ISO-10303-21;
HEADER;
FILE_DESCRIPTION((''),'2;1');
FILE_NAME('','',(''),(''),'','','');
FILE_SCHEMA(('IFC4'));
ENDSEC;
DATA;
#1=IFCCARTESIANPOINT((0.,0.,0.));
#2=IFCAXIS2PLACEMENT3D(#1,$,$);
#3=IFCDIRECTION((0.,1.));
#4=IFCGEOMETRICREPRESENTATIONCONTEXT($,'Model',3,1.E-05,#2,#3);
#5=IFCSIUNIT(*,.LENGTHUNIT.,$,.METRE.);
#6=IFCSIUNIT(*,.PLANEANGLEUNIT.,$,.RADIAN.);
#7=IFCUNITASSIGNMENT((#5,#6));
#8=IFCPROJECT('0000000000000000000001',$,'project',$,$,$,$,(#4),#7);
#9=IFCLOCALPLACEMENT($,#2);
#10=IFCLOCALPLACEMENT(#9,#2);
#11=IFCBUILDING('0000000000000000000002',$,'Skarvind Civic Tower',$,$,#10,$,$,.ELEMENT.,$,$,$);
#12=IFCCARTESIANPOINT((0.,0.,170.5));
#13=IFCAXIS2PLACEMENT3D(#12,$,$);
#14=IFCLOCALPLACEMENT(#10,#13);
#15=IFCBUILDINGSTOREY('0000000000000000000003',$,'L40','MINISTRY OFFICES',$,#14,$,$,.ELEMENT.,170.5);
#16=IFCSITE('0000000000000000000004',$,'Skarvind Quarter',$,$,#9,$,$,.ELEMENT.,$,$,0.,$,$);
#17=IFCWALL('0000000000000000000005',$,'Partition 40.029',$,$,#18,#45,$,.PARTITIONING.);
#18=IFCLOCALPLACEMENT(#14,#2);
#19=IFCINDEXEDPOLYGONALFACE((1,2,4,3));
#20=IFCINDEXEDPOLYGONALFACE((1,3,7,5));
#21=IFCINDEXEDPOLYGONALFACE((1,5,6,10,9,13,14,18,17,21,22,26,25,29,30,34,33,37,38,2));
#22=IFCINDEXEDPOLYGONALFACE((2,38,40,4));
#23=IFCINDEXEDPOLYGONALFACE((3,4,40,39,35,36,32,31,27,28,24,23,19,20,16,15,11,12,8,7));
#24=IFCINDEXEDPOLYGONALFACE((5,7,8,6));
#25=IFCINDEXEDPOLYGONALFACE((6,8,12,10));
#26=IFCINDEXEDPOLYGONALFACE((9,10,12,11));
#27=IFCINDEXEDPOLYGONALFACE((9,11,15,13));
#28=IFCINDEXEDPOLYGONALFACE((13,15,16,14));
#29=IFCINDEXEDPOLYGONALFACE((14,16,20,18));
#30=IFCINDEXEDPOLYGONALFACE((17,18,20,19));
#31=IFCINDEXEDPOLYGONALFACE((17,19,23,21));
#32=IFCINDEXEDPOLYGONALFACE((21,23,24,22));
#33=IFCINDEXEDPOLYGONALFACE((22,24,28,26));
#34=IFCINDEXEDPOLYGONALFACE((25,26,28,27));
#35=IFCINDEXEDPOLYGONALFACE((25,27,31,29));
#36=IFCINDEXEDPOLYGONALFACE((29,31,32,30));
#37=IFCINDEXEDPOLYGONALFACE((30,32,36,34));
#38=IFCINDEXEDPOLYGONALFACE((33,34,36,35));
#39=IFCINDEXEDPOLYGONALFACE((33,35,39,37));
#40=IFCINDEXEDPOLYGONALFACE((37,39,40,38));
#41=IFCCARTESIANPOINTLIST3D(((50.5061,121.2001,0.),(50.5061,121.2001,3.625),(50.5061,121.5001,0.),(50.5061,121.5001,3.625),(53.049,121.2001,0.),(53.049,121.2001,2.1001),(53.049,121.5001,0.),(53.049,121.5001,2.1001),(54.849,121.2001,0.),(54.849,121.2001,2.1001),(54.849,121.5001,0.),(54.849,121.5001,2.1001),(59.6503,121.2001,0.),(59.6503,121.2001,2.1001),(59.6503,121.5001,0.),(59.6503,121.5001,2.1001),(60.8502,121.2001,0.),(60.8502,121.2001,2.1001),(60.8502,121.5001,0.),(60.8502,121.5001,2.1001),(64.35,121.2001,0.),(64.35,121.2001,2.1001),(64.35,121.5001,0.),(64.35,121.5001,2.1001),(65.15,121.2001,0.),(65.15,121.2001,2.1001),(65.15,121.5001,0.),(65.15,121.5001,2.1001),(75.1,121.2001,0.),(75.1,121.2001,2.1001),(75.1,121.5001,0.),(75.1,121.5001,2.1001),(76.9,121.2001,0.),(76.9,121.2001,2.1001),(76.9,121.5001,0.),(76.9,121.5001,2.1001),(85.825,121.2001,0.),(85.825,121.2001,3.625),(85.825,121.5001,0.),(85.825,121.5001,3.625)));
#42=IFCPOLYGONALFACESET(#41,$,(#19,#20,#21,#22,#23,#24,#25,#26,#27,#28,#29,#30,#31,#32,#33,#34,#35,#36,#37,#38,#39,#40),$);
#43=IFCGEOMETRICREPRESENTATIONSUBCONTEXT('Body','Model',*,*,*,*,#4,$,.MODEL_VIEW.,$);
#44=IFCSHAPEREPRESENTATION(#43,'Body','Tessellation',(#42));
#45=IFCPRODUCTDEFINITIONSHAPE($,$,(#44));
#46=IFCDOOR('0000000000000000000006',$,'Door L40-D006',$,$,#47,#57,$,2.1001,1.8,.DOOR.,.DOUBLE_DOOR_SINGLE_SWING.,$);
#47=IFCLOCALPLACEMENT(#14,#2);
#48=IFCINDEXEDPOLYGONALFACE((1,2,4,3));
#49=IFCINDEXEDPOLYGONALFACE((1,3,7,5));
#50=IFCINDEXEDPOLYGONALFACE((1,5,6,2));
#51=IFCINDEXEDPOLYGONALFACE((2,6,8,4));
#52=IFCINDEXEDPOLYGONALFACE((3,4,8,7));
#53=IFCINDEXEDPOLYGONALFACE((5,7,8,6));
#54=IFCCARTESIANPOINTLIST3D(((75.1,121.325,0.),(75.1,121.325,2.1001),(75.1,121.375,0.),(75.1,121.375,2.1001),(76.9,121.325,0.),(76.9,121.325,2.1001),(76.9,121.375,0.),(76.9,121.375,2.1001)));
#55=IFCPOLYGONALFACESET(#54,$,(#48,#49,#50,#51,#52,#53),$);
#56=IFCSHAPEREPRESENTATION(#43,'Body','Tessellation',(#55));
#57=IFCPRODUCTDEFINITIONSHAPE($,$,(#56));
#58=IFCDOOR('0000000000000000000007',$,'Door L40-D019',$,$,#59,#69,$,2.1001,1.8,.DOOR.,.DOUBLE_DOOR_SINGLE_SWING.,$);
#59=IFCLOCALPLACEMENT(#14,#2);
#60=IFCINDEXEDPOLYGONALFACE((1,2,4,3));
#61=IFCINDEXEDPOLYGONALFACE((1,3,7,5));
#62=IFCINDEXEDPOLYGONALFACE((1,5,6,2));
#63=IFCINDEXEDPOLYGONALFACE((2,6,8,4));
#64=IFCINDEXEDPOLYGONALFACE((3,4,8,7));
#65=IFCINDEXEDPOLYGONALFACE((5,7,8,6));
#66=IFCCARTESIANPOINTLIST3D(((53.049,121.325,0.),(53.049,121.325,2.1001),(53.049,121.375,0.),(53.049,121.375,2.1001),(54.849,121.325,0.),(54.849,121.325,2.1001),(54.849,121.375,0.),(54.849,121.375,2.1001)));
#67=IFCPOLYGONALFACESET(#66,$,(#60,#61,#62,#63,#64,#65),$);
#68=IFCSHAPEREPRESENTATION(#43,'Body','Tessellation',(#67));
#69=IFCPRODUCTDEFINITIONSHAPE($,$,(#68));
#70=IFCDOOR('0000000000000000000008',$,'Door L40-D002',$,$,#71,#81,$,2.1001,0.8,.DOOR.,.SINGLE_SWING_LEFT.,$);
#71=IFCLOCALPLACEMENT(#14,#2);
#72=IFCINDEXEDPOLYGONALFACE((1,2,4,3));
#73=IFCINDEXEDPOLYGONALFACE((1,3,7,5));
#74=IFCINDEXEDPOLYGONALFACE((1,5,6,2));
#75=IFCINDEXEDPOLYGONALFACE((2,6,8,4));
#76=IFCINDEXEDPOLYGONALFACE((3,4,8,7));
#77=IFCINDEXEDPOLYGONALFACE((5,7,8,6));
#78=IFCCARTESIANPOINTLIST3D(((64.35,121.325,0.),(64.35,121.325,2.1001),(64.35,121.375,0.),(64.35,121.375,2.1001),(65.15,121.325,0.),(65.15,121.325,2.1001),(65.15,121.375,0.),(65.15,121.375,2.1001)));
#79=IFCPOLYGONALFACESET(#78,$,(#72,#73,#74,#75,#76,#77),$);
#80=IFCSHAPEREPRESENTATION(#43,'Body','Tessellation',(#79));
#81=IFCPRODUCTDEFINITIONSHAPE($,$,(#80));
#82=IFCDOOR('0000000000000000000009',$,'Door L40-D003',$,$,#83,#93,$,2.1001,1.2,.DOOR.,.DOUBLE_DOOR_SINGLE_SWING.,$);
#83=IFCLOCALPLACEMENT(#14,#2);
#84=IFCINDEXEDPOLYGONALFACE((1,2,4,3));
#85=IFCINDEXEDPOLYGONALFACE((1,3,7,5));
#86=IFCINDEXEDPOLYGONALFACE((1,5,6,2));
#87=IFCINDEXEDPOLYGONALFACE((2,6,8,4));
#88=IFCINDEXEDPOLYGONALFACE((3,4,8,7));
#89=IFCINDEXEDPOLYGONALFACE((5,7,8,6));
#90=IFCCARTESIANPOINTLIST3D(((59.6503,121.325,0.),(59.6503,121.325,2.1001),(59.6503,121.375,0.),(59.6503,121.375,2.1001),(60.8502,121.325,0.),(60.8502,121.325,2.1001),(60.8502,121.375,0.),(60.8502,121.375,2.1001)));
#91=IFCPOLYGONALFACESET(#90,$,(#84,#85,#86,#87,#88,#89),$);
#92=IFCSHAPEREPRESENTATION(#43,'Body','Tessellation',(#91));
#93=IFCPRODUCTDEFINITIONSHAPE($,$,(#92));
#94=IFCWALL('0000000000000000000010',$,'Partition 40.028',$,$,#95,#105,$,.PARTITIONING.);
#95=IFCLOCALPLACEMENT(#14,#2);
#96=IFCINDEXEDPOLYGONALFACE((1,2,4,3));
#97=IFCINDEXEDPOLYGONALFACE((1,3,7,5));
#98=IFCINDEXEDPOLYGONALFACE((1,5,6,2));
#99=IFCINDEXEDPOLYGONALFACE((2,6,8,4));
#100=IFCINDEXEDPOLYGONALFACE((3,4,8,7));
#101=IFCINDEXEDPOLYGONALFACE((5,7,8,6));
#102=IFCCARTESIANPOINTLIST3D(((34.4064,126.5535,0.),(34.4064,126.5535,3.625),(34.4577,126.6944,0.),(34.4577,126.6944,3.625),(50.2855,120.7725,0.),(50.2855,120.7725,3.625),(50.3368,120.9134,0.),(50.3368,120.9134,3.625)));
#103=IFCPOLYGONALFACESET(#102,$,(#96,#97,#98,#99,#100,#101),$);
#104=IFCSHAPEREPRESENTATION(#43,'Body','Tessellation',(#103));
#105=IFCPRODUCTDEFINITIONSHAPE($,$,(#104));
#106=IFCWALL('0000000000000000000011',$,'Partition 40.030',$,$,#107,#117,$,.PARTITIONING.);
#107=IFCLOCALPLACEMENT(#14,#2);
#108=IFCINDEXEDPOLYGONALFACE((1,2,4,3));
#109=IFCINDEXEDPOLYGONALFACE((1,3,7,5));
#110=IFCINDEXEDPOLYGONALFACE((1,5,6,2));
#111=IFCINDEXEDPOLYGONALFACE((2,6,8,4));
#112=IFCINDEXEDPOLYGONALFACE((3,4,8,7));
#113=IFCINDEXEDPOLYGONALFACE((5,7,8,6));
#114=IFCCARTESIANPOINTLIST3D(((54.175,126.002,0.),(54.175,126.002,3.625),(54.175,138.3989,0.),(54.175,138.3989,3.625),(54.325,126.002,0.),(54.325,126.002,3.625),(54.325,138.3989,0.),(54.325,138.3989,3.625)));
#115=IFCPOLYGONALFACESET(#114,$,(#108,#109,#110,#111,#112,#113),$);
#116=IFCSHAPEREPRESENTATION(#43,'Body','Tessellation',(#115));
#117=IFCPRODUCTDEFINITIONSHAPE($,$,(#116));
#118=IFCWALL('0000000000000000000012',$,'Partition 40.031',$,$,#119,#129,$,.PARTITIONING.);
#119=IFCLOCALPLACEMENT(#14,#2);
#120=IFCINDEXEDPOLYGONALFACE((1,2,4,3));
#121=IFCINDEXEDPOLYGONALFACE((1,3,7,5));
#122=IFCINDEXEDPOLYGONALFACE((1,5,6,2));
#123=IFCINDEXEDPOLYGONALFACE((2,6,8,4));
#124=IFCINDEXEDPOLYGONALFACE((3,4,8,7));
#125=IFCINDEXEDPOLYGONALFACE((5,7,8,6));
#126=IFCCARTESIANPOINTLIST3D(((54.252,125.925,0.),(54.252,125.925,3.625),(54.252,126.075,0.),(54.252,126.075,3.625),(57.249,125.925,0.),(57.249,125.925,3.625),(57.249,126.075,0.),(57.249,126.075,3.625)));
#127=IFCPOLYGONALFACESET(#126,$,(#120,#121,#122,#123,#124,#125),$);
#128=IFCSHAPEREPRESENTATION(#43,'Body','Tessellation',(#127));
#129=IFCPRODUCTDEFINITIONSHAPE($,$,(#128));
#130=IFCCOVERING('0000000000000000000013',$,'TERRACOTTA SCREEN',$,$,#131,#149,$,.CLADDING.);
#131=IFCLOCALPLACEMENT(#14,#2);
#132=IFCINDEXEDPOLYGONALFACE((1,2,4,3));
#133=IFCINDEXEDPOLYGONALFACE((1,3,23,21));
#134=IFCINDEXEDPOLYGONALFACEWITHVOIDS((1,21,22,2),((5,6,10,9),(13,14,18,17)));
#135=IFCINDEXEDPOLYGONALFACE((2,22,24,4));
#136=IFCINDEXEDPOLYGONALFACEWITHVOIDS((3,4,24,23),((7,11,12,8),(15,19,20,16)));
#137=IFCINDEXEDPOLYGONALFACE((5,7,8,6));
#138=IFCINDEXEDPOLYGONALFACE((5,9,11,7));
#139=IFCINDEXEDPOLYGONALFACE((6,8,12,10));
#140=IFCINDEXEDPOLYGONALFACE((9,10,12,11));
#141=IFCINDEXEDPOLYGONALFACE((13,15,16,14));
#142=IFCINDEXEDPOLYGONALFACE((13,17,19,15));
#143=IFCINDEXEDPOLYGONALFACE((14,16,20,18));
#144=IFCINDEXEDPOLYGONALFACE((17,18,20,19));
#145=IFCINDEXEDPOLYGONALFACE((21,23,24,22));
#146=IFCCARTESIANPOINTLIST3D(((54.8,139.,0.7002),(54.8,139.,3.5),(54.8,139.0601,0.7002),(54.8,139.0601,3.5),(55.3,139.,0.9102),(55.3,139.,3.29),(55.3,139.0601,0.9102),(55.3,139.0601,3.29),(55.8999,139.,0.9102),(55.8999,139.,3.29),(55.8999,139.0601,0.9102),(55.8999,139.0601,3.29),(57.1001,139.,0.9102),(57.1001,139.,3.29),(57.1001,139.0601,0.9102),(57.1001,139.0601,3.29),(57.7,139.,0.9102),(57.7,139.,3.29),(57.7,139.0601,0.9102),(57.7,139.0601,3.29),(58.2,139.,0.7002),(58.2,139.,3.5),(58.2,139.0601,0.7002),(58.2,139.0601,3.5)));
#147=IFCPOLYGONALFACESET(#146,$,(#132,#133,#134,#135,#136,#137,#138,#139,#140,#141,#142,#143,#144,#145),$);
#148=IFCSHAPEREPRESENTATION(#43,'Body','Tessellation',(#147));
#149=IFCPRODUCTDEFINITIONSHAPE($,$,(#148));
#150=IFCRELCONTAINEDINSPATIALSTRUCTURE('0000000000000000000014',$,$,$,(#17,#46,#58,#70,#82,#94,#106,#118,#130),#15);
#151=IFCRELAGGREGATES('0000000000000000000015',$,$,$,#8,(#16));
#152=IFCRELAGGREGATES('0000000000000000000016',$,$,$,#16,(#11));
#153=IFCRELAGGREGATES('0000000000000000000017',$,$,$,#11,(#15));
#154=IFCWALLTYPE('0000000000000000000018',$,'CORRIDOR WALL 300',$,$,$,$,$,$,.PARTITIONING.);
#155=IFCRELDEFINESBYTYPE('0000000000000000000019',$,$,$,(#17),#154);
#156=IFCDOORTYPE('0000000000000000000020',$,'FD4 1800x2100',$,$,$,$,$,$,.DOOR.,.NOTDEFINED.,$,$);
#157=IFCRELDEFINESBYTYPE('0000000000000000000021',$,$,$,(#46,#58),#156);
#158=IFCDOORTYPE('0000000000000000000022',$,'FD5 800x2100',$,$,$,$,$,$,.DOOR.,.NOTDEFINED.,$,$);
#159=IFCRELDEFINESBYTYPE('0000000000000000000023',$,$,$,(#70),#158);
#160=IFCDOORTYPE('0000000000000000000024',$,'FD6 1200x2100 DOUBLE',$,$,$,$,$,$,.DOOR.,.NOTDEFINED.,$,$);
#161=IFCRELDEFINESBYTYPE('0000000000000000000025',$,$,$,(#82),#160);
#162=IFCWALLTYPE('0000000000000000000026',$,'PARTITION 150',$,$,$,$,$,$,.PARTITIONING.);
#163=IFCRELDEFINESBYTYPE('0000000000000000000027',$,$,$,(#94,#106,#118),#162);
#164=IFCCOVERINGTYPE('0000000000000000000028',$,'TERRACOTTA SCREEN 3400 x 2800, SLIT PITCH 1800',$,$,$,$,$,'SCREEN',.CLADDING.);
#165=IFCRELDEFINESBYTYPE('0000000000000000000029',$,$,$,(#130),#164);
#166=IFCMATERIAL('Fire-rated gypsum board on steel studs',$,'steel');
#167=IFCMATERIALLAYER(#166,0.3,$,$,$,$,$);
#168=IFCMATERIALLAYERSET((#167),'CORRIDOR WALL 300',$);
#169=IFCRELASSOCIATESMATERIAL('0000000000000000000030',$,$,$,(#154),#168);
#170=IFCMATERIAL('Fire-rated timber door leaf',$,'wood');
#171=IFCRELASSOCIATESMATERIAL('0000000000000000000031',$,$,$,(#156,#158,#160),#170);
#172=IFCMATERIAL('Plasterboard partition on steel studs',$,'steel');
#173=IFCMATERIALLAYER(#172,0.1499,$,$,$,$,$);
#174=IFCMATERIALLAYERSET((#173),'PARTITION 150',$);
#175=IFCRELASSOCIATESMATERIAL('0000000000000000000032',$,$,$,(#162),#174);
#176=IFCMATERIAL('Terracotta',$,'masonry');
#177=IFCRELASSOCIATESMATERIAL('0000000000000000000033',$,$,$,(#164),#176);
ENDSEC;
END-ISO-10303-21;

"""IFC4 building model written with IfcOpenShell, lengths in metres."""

from ifc_helpers import new_model, si_unit, direction, frame, frame_2d, origin, place, context, subcontext, project, spatial, polyline, rectangle, outline, extrude, material, layer, layer_set, material_profile, profile_set, type_object, element, fill, save


model = new_model("IFC4")

# Units and contexts
model_context = context("Model", 3, precision=1e-05, world=origin(), true_north=direction((0.0, 1.0)))
body_context = subcontext(model_context, "Body", "Model", "MODEL_VIEW")
ifc_project = project(units=[si_unit("LENGTHUNIT", "METRE"), si_unit("PLANEANGLEUNIT", "RADIAN")], contexts=[model_context])

# Site, building, storey
site_placement = place(None, origin())
site = spatial("IfcSite", under=ifc_project, at=site_placement, Name="Skarvind Quarter", CompositionType="ELEMENT", RefElevation=0.0)
building_placement = place(site_placement, origin())
building = spatial("IfcBuilding", under=site, at=building_placement, Name="Skarvind Civic Tower", CompositionType="ELEMENT")
storey_placement = place(building_placement, frame((0.0, 0.0, 170.5)))
storey = spatial("IfcBuildingStorey", under=building, at=storey_placement, Name="L40", Description="MINISTRY OFFICES", CompositionType="ELEMENT", Elevation=170.5)

# Wall, openings, doors
ifc_material_1 = material(Name="Fire-rated gypsum board on steel studs", Category="steel")
ifc_layer_1 = layer(ifc_material_1, 0.3)
ifc_layer_set_1 = layer_set([ifc_layer_1], Name="CORRIDOR WALL 300")
wall_type_1 = type_object("IfcWallType", Name="CORRIDOR WALL 300", PredefinedType="PARTITIONING", material=ifc_layer_set_1)
wall_1_placement = place(storey_placement, frame((50.5061, 121.3501, 0.0), z_axis=(0.0, 0.0, 1.0), x_axis=(1.0, 0.0, 0.0)))
wall_1 = element("IfcWall", 1, at=wall_1_placement, inside=storey, type_object=wall_type_1, Name="Partition 40.029", PredefinedType="PARTITIONING", context=body_context, shape_type="SweptSolid", body=[
    extrude(rectangle(XDim=35.3188, YDim=0.3, at=frame_2d((17.6594, 0.0))), origin(), (0.0, 0.0, 1.0), 3.625),
])
opening_1_placement = place(wall_1_placement, frame((13.844, 0.0, 0.0)))
opening_1 = element("IfcOpeningElement", 2, at=opening_1_placement, cuts=wall_1, PredefinedType="OPENING", context=body_context, shape_type="SweptSolid", body=[
    extrude(rectangle(XDim=0.8, YDim=2.1001, at=frame_2d((0.3999, 1.05))), frame((0.0, 0.1599, 0.0), z_axis=(0.0, -1.0, 0.0), x_axis=(1.0, 0.0, 0.0)), (0.0, 0.0, 1.0), 0.3201),
])
opening_2_placement = place(wall_1_placement, frame((9.144, 0.0, 0.0)))
opening_2 = element("IfcOpeningElement", 3, at=opening_2_placement, cuts=wall_1, PredefinedType="OPENING", context=body_context, shape_type="SweptSolid", body=[
    extrude(rectangle(XDim=1.2, YDim=2.1001, at=frame_2d((0.6001, 1.05))), frame((0.0, 0.1599, 0.0), z_axis=(0.0, -1.0, 0.0), x_axis=(1.0, 0.0, 0.0)), (0.0, 0.0, 1.0), 0.3201),
])
opening_3_placement = place(wall_1_placement, frame((24.594, 0.0, 0.0)))
opening_3 = element("IfcOpeningElement", 4, at=opening_3_placement, cuts=wall_1, PredefinedType="OPENING", context=body_context, shape_type="SweptSolid", body=[
    extrude(rectangle(XDim=1.8, YDim=2.1001, at=frame_2d((0.8999, 1.05))), frame((0.0, 0.1599, 0.0), z_axis=(0.0, -1.0, 0.0), x_axis=(1.0, 0.0, 0.0)), (0.0, 0.0, 1.0), 0.3201),
])
opening_4_placement = place(wall_1_placement, frame((2.543, 0.0, 0.0)))
opening_4 = element("IfcOpeningElement", 5, at=opening_4_placement, cuts=wall_1, PredefinedType="OPENING", context=body_context, shape_type="SweptSolid", body=[
    extrude(rectangle(XDim=1.8, YDim=2.1001, at=frame_2d((0.8999, 1.05))), frame((0.0, 0.1599, 0.0), z_axis=(0.0, -1.0, 0.0), x_axis=(1.0, 0.0, 0.0)), (0.0, 0.0, 1.0), 0.3201),
])
ifc_material_2 = material(Name="Fire-rated timber door leaf", Category="wood")
door_type_1 = type_object("IfcDoorType", Name="FD4 1800x2100", OperationType="NOTDEFINED", PredefinedType="DOOR", material=ifc_material_2)
door_1_placement = place(opening_3_placement, origin())
door_1 = element("IfcDoor", 6, at=door_1_placement, inside=storey, type_object=door_type_1, Name="Door L40-D006", OperationType="DOUBLE_DOOR_SINGLE_SWING", OverallHeight=2.1001, OverallWidth=1.8, PredefinedType="DOOR", context=body_context, shape_type="SweptSolid", body=[
    extrude(rectangle(XDim=1.8, YDim=2.1001, at=frame_2d((0.8999, 1.05))), frame((0.0, 0.0249, 0.0), z_axis=(0.0, -1.0, 0.0), x_axis=(1.0, 0.0, 0.0)), (0.0, 0.0, 1.0), 0.05),
])
fill(opening_3, door_1)
door_2_placement = place(opening_4_placement, origin())
door_2 = element("IfcDoor", 7, at=door_2_placement, inside=storey, type_object=door_type_1, Name="Door L40-D019", OperationType="DOUBLE_DOOR_SINGLE_SWING", OverallHeight=2.1001, OverallWidth=1.8, PredefinedType="DOOR", context=body_context, shape_type="SweptSolid", body=[
    extrude(rectangle(XDim=1.8, YDim=2.1001, at=frame_2d((0.8999, 1.05))), frame((0.0, 0.0249, 0.0), z_axis=(0.0, -1.0, 0.0), x_axis=(1.0, 0.0, 0.0)), (0.0, 0.0, 1.0), 0.05),
])
fill(opening_4, door_2)
door_type_2 = type_object("IfcDoorType", Name="FD5 800x2100", OperationType="NOTDEFINED", PredefinedType="DOOR", material=ifc_material_2)
door_3_placement = place(opening_1_placement, origin())
door_3 = element("IfcDoor", 8, at=door_3_placement, inside=storey, type_object=door_type_2, Name="Door L40-D002", OperationType="SINGLE_SWING_LEFT", OverallHeight=2.1001, OverallWidth=0.8, PredefinedType="DOOR", context=body_context, shape_type="SweptSolid", body=[
    extrude(rectangle(XDim=0.8, YDim=2.1001, at=frame_2d((0.3999, 1.05))), frame((0.0, 0.0249, 0.0), z_axis=(0.0, -1.0, 0.0), x_axis=(1.0, 0.0, 0.0)), (0.0, 0.0, 1.0), 0.05),
])
fill(opening_1, door_3)
door_type_3 = type_object("IfcDoorType", Name="FD6 1200x2100 DOUBLE", OperationType="NOTDEFINED", PredefinedType="DOOR", material=ifc_material_2)
door_4_placement = place(opening_2_placement, origin())
door_4 = element("IfcDoor", 9, at=door_4_placement, inside=storey, type_object=door_type_3, Name="Door L40-D003", OperationType="DOUBLE_DOOR_SINGLE_SWING", OverallHeight=2.1001, OverallWidth=1.2, PredefinedType="DOOR", context=body_context, shape_type="SweptSolid", body=[
    extrude(rectangle(XDim=1.2, YDim=2.1001, at=frame_2d((0.6001, 1.05))), frame((0.0, 0.0249, 0.0), z_axis=(0.0, -1.0, 0.0), x_axis=(1.0, 0.0, 0.0)), (0.0, 0.0, 1.0), 0.05),
])
fill(opening_2, door_4)

# Walls
ifc_material_3 = material(Name="Plasterboard partition on steel studs", Category="steel")
ifc_layer_2 = layer(ifc_material_3, 0.1499)
ifc_layer_set_2 = layer_set([ifc_layer_2], Name="PARTITION 150")
wall_type_2 = type_object("IfcWallType", Name="PARTITION 150", PredefinedType="PARTITIONING", material=ifc_layer_set_2)
wall_2_placement = place(storey_placement, frame((50.311, 120.843, 0.0), z_axis=(0.0, 0.0, 1.0), x_axis=(-0.939665, 0.342097, 0.0)))
element("IfcWall", 10, at=wall_2_placement, inside=storey, type_object=wall_type_2, Name="Partition 40.028", PredefinedType="PARTITIONING", context=body_context, shape_type="SweptSolid", body=[
    extrude(rectangle(XDim=16.8987, YDim=0.1499, at=frame_2d((8.4492, 0.0))), origin(), (0.0, 0.0, 1.0), 3.625),
])
wall_3_placement = place(storey_placement, frame((54.25, 138.3989, 0.0), z_axis=(0.0, 0.0, 1.0), x_axis=(0.0, -1.0, 0.0)))
element("IfcWall", 11, at=wall_3_placement, inside=storey, type_object=wall_type_2, Name="Partition 40.030", PredefinedType="PARTITIONING", context=body_context, shape_type="SweptSolid", body=[
    extrude(rectangle(XDim=12.397, YDim=0.1499, at=frame_2d((6.1985, 0.0))), origin(), (0.0, 0.0, 1.0), 3.625),
])
wall_4_placement = place(storey_placement, frame((54.252, 126.0, 0.0), z_axis=(0.0, 0.0, 1.0), x_axis=(1.0, 0.0, 0.0)))
element("IfcWall", 12, at=wall_4_placement, inside=storey, type_object=wall_type_2, Name="Partition 40.031", PredefinedType="PARTITIONING", context=body_context, shape_type="SweptSolid", body=[
    extrude(rectangle(XDim=2.9971, YDim=0.1499, at=frame_2d((1.4985, 0.0))), origin(), (0.0, 0.0, 1.0), 3.625),
])

# Covering
ifc_material_4 = material(Name="Terracotta", Category="masonry")
ifc_material_profile_1 = material_profile(ifc_material_4, outline(polyline([(-1.7, -1.3999), (1.7, -1.3999), (1.7, 1.3999), (-1.7, 1.3999), (-1.7, -1.3999)]), holes=[polyline([(-1.2, -1.1899), (-0.6001, -1.1899), (-0.6001, 1.1899), (-1.2, 1.1899), (-1.2, -1.1899)]), polyline([(0.6001, -1.1899), (1.2, -1.1899), (1.2, 1.1899), (0.6001, 1.1899), (0.6001, -1.1899)])]), Name="TERRACOTTA SCREEN 3400 x 2800, SLIT PITCH 1800")
ifc_profile_set_1 = profile_set([ifc_material_profile_1], Name="Terracotta")
covering_type = type_object("IfcCoveringType", Name="TERRACOTTA SCREEN 3400 x 2800, SLIT PITCH 1800", ElementType="SCREEN", PredefinedType="CLADDING", material=ifc_profile_set_1)
covering_placement = place(storey_placement, frame((56.5, 139.0, 2.1001), z_axis=(0.0, 1.0, 0.0), x_axis=(-1.0, 0.0, 0.0)))
element("IfcCovering", 13, at=covering_placement, inside=storey, type_object=covering_type, Name="TERRACOTTA SCREEN", PredefinedType="CLADDING", context=body_context, shape_type="SweptSolid", body=[
    extrude(outline(polyline([(-1.7, -1.3999), (1.7, -1.3999), (1.7, 1.3999), (-1.7, 1.3999), (-1.7, -1.3999)]), holes=[polyline([(-1.2, -1.1899), (-0.6001, -1.1899), (-0.6001, 1.1899), (-1.2, 1.1899), (-1.2, -1.1899)]), polyline([(0.6001, -1.1899), (1.2, -1.1899), (1.2, 1.1899), (0.6001, 1.1899), (0.6001, -1.1899)])]), origin(), (0.0, 0.0, 1.0), 0.0601),
])

save(model, "model.ifc")
